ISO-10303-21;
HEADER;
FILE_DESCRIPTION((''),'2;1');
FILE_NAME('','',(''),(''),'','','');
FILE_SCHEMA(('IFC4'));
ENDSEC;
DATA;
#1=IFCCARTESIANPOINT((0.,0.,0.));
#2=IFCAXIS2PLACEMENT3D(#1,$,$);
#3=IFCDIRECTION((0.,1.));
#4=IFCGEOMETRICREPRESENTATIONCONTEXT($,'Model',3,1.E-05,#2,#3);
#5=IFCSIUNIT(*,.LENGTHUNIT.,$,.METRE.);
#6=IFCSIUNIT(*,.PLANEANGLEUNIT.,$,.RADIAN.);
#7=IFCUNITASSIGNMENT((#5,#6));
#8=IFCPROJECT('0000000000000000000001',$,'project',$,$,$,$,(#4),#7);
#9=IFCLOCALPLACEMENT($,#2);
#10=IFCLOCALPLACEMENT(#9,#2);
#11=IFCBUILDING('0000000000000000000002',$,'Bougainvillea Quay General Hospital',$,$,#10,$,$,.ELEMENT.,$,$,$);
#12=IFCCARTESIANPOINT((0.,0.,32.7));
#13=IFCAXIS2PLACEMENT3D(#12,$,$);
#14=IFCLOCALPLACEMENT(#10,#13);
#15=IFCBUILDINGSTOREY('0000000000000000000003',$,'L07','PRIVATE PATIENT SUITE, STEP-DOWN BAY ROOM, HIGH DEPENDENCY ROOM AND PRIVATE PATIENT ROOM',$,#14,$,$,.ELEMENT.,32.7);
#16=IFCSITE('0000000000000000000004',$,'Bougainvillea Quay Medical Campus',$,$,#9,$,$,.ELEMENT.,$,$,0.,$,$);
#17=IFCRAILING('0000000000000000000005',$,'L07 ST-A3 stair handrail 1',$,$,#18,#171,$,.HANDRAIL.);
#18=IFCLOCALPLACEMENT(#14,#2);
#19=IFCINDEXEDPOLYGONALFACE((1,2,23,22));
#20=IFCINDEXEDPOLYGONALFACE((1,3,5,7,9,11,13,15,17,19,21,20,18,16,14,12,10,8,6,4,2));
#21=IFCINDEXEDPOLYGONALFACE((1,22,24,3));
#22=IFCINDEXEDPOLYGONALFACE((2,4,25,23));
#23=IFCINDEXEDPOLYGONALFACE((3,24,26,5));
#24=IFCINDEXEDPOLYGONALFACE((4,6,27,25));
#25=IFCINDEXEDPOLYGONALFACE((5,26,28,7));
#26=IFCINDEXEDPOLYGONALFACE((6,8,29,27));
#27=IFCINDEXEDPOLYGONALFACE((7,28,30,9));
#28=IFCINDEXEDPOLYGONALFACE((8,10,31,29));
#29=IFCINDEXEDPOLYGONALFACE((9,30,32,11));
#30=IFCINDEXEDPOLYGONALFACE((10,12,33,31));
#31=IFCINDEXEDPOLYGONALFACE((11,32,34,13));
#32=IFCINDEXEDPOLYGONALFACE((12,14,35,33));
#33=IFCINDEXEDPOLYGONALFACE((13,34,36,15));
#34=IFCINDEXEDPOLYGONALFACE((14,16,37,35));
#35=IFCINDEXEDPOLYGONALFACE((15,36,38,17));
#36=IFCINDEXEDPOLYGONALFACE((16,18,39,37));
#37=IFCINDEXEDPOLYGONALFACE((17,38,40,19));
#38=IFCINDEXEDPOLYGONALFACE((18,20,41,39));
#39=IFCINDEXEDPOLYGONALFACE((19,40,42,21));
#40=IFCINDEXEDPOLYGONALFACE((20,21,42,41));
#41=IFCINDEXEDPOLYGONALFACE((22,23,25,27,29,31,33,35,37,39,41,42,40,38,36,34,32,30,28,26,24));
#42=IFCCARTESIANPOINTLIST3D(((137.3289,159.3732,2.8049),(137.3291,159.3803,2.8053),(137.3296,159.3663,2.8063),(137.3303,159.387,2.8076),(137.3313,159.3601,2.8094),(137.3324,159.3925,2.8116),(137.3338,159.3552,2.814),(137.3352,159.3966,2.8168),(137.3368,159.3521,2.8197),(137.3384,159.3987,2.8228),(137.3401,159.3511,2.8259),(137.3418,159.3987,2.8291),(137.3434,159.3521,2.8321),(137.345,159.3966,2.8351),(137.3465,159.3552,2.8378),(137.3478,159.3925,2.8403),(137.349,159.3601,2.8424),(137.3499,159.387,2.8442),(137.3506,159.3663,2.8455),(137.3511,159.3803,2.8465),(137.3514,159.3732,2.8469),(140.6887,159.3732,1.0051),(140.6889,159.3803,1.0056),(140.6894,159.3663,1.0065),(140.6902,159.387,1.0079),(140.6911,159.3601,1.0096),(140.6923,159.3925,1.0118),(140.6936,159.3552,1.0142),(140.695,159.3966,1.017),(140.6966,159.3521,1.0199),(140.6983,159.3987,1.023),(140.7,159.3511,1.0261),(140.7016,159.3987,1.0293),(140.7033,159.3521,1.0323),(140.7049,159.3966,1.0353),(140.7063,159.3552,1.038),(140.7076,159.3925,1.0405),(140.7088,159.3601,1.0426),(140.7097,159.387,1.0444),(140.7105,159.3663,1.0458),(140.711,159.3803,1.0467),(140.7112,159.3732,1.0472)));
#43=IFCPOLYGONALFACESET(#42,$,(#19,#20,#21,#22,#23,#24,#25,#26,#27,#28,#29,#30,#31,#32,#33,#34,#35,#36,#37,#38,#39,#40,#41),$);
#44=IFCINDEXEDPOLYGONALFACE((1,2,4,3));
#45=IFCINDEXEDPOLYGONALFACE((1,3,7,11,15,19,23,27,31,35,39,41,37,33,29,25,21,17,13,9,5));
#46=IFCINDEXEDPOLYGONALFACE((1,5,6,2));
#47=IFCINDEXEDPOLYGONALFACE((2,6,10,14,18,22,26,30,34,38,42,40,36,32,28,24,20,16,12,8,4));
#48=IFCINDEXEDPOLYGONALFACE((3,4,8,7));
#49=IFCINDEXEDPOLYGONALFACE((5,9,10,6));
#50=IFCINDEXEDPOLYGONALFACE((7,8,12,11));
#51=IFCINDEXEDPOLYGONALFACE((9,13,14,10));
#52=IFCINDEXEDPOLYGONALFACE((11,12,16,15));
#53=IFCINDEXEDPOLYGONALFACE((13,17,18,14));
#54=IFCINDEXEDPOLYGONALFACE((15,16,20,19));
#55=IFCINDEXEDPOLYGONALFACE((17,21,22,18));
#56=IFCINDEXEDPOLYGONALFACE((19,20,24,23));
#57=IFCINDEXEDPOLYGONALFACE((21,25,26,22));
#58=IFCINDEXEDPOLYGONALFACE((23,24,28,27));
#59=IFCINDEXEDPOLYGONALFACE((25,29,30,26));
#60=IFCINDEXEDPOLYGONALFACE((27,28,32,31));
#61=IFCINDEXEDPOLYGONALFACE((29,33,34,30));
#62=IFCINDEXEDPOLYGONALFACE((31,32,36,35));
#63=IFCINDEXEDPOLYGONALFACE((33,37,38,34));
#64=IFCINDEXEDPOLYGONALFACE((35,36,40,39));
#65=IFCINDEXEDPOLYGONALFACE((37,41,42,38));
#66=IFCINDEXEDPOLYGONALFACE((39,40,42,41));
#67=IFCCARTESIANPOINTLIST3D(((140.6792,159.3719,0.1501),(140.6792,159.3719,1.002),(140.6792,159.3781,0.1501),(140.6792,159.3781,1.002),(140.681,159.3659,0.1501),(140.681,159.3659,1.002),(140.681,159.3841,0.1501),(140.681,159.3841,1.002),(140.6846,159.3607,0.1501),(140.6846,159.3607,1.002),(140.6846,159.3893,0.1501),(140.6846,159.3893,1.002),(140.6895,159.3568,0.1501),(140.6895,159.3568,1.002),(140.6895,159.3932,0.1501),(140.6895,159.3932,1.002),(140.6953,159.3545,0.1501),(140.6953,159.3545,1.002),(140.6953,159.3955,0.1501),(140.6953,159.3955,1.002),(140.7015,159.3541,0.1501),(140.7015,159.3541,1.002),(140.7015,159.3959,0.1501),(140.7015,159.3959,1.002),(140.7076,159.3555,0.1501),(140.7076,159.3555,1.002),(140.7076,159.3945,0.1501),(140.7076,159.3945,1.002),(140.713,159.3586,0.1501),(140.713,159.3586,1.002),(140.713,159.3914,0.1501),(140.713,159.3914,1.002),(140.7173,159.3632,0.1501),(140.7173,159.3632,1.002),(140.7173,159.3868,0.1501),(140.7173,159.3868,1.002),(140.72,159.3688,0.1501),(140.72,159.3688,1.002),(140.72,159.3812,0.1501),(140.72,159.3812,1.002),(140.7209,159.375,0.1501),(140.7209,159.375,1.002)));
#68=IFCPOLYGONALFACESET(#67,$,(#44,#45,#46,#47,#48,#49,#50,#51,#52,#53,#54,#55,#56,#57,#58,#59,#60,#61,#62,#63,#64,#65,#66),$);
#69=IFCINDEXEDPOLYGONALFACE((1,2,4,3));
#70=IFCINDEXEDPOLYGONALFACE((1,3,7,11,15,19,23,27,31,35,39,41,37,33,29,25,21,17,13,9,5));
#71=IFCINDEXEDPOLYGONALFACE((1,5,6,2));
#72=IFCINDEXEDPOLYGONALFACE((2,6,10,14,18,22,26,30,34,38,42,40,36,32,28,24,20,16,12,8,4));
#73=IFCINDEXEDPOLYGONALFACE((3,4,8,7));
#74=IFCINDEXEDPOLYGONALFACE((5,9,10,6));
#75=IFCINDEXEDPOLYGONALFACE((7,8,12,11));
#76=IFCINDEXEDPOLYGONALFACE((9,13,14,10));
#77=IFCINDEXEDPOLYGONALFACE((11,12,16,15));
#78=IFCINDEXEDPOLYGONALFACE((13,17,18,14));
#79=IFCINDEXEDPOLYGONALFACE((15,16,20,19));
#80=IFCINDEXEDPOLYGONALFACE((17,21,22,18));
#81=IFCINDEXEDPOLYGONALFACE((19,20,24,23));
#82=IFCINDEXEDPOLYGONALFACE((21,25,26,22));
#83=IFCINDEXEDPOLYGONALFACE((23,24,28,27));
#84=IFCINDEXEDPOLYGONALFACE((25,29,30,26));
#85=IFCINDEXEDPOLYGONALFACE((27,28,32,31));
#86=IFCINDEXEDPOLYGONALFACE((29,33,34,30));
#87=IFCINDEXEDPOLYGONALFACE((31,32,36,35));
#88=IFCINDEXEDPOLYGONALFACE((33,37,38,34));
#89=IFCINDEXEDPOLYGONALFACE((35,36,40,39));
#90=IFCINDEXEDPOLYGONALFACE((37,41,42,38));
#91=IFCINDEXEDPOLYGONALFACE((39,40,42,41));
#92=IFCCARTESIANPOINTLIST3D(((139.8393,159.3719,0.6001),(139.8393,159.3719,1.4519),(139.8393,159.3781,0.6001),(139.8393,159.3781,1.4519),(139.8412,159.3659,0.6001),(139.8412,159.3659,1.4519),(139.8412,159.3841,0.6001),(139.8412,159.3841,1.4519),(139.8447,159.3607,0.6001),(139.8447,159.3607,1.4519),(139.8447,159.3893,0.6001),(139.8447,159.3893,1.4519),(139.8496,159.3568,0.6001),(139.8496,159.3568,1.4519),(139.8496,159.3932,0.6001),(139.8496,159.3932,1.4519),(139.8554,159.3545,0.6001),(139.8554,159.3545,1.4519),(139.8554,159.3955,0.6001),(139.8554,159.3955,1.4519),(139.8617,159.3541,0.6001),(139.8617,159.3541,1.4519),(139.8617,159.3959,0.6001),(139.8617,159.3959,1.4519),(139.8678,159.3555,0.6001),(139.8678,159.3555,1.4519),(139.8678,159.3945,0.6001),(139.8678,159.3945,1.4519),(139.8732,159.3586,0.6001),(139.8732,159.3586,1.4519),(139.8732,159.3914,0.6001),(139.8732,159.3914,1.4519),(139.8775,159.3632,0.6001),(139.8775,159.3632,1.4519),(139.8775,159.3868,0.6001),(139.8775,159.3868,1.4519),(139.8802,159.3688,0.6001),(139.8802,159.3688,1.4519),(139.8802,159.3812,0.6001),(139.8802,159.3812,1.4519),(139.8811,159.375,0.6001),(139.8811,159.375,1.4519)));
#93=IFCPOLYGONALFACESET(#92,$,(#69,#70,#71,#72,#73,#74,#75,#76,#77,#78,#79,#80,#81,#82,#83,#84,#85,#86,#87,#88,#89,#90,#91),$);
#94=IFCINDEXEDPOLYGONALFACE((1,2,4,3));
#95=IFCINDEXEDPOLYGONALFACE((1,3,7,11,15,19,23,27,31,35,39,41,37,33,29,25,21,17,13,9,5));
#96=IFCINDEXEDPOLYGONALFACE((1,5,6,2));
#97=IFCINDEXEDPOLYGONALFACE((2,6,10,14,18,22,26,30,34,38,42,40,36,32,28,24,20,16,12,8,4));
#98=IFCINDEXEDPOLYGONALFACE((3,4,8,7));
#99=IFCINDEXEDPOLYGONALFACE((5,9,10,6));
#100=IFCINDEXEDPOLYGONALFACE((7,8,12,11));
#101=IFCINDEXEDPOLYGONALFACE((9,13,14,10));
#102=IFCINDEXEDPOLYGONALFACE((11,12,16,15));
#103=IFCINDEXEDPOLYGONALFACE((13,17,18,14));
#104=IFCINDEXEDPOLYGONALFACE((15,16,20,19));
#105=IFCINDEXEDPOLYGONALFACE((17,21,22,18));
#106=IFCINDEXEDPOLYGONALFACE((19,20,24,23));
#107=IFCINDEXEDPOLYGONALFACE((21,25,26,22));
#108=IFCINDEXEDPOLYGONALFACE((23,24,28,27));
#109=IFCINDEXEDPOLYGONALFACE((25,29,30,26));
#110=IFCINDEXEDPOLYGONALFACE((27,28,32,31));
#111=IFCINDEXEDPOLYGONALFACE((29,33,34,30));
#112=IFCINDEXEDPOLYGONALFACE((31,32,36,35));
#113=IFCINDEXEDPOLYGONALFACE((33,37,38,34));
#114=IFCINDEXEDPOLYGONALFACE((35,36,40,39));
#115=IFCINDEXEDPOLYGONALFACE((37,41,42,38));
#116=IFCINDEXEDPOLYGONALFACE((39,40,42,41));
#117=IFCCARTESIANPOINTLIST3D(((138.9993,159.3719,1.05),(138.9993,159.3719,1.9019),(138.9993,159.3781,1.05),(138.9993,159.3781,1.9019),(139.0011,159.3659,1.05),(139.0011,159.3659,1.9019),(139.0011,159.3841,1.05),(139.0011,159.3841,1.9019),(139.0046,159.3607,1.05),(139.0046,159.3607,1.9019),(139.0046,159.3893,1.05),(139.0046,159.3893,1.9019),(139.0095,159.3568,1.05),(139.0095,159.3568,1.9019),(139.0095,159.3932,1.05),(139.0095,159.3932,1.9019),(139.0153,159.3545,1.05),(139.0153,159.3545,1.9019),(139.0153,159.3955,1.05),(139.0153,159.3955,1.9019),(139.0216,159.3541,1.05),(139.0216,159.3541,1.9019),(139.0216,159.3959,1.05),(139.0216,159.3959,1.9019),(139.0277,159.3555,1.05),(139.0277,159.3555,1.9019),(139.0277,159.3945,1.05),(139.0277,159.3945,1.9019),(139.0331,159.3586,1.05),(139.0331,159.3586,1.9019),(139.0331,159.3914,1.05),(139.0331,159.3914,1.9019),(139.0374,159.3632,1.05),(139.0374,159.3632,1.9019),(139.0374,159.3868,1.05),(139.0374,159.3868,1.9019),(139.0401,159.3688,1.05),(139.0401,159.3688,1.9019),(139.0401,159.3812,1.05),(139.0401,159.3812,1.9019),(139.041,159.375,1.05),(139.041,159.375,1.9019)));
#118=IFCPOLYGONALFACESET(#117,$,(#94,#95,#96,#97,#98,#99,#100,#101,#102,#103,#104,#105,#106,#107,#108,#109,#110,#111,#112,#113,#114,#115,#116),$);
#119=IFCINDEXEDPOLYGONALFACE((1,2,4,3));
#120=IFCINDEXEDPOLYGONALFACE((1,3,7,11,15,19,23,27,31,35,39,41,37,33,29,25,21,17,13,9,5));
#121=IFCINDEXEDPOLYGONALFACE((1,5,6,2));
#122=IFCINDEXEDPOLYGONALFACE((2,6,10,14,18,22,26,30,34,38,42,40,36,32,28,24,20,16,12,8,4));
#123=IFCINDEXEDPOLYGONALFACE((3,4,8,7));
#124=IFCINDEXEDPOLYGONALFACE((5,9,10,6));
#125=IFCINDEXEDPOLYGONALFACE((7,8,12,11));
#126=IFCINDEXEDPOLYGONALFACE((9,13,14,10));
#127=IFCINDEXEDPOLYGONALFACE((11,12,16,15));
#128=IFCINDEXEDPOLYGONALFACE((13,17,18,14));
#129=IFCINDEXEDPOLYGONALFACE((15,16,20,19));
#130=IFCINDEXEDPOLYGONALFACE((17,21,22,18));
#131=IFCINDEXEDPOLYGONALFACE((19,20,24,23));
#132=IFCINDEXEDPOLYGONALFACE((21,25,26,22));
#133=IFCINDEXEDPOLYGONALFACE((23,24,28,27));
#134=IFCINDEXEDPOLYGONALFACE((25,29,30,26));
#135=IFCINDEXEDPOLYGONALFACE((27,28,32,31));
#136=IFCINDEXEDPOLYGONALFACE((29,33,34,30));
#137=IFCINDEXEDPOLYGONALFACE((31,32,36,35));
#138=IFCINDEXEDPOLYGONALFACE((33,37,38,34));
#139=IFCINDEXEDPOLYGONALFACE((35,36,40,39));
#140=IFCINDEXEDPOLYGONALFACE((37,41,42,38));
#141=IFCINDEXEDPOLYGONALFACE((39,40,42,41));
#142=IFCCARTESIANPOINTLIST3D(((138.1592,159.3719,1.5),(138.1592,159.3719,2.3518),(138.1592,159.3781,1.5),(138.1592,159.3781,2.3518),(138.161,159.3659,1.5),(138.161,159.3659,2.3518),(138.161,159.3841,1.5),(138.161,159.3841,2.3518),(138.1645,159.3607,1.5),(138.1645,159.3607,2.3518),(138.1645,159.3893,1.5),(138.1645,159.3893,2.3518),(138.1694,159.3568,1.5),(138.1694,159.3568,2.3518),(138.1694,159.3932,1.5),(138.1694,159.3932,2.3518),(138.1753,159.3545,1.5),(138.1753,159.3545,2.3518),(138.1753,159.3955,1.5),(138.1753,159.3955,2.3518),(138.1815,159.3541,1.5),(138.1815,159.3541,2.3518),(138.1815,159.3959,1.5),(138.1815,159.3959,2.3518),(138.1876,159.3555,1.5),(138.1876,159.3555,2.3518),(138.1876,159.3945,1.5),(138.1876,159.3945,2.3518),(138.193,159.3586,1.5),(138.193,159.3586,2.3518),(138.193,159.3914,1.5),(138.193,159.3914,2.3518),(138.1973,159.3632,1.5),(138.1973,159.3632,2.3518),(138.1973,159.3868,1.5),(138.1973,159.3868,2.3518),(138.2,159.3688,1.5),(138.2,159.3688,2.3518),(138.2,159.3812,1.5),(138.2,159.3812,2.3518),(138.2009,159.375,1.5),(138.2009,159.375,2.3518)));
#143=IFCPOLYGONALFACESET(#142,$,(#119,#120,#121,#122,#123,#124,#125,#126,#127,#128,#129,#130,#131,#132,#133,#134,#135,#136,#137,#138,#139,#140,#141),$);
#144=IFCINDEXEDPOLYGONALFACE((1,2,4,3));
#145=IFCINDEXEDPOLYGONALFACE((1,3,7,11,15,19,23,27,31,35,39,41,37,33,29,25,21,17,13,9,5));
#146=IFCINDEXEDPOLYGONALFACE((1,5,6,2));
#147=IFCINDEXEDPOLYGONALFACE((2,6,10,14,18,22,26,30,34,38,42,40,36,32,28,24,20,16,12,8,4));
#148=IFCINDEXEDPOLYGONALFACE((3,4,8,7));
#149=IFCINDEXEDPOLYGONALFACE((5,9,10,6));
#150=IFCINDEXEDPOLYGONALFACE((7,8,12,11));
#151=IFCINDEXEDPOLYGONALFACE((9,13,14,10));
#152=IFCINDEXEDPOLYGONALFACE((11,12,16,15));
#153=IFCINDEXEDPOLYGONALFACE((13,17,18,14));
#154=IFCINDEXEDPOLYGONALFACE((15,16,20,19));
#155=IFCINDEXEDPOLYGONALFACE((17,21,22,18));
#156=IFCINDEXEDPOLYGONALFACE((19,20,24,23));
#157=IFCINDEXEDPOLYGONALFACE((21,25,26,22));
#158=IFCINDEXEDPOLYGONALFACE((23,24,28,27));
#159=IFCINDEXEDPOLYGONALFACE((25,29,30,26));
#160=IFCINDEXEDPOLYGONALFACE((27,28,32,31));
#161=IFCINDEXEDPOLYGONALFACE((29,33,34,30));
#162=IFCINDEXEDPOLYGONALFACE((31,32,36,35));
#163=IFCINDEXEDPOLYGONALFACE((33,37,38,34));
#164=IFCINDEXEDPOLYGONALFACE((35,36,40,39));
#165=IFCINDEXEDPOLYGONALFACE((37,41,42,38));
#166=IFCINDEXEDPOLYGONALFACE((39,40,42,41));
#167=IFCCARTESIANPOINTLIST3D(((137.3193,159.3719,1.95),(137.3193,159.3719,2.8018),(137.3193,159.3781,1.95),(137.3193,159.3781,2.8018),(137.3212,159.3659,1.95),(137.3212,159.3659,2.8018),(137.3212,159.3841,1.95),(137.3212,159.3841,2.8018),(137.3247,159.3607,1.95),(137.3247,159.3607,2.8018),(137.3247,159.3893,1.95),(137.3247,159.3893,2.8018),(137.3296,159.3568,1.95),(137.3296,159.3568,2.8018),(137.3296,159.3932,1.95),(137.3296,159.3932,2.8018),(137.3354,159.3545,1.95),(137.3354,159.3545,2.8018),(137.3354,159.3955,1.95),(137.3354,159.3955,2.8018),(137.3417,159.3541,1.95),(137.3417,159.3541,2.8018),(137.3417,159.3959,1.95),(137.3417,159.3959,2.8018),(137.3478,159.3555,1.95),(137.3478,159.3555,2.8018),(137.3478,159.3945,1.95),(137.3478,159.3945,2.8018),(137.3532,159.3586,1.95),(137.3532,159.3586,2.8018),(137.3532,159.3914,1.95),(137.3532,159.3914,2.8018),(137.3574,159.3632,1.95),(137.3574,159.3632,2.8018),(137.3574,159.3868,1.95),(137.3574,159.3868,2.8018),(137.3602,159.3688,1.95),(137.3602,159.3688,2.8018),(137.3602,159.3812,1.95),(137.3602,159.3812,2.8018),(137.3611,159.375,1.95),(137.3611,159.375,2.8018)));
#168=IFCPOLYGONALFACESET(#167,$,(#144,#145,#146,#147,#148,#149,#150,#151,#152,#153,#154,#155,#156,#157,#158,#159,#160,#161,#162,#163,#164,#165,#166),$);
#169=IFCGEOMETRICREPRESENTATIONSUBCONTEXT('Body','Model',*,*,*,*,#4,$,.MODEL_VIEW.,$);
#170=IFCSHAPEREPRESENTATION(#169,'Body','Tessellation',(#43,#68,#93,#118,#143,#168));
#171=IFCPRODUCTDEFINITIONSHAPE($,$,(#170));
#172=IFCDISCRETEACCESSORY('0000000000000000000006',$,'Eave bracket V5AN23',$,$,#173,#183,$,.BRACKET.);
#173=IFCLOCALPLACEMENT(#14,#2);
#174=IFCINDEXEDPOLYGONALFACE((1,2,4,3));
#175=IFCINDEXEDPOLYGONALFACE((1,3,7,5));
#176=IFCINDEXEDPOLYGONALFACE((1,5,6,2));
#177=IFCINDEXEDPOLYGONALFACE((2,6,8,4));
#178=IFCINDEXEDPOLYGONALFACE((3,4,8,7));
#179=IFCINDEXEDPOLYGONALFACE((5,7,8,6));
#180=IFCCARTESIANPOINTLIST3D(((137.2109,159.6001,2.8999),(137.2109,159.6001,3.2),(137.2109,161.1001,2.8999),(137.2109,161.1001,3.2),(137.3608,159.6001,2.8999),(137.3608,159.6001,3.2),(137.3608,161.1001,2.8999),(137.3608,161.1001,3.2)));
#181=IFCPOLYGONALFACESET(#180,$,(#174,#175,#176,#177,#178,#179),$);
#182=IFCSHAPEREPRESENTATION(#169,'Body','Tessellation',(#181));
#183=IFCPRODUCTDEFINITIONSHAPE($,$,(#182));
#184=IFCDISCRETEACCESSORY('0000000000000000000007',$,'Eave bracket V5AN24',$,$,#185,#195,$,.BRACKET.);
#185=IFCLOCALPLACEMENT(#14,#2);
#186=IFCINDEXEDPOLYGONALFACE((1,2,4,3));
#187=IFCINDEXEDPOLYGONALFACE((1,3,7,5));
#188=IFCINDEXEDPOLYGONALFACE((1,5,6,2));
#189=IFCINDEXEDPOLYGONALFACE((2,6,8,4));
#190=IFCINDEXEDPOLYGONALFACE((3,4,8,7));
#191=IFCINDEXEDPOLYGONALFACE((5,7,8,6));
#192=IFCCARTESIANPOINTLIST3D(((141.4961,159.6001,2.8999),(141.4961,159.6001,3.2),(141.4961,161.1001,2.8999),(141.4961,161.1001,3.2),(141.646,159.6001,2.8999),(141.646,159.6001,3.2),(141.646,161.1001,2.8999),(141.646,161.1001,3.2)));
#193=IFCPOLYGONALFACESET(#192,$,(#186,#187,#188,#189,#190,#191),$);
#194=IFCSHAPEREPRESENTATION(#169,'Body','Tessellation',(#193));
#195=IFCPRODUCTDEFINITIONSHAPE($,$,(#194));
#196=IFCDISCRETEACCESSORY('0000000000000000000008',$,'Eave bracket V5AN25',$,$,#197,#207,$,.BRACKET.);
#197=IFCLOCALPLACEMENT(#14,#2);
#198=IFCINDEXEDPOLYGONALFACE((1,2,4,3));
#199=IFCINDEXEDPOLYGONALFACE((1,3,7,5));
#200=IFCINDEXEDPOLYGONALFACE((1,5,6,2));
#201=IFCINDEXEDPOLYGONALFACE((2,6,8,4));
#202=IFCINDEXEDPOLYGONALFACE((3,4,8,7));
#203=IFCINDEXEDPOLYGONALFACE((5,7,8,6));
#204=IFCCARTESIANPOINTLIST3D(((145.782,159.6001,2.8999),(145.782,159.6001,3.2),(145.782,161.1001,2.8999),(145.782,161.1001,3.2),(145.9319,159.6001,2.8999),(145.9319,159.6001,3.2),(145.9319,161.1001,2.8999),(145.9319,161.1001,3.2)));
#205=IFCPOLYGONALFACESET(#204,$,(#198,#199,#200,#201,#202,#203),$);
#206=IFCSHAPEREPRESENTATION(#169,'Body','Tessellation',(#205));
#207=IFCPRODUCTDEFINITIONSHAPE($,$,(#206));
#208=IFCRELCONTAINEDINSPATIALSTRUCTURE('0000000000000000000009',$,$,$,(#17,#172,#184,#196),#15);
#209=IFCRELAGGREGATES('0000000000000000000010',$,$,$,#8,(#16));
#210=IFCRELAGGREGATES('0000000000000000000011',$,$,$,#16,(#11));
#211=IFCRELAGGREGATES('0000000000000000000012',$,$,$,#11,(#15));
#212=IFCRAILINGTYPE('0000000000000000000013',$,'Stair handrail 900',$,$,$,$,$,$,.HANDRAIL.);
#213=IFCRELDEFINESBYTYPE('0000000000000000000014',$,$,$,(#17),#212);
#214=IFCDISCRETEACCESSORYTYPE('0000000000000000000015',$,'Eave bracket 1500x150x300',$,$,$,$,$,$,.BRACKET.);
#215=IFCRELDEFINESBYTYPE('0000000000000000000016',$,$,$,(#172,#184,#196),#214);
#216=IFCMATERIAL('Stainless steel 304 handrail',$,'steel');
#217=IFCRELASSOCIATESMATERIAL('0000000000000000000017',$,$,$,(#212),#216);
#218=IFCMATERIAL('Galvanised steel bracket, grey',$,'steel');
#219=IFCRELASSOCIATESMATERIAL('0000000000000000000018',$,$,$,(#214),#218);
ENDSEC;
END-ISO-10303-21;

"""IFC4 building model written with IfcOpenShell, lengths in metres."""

from ifc_helpers import new_model, si_unit, direction, frame, origin, origin_2d, place, context, subcontext, project, spatial, rectangle, circle, extrude, material, type_object, element, save


model = new_model("IFC4")

# Units and contexts
model_context = context("Model", 3, precision=1e-05, world=origin(), true_north=direction((0.0, 1.0)))
body_context = subcontext(model_context, "Body", "Model", "MODEL_VIEW")
ifc_project = project(units=[si_unit("LENGTHUNIT", "METRE"), si_unit("PLANEANGLEUNIT", "RADIAN")], contexts=[model_context])

# Site, building, storey
site_placement = place(None, origin())
site = spatial("IfcSite", under=ifc_project, at=site_placement, Name="Bougainvillea Quay Medical Campus", CompositionType="ELEMENT", RefElevation=0.0)
building_placement = place(site_placement, origin())
building = spatial("IfcBuilding", under=site, at=building_placement, Name="Bougainvillea Quay General Hospital", CompositionType="ELEMENT")
storey_placement = place(building_placement, frame((0.0, 0.0, 32.7)))
storey = spatial("IfcBuildingStorey", under=building, at=storey_placement, Name="L07", Description="PRIVATE PATIENT SUITE, STEP-DOWN BAY ROOM, HIGH DEPENDENCY ROOM AND PRIVATE PATIENT ROOM", CompositionType="ELEMENT", Elevation=32.7)

# Railing
ifc_material_1 = material(Name="Stainless steel 304 handrail", Category="steel")
railing_type = type_object("IfcRailingType", Name="Stair handrail 900", PredefinedType="HANDRAIL", material=ifc_material_1)
railing_placement = place(storey_placement, frame((140.7, 159.375, 0.1501)))
element("IfcRailing", 1, at=railing_placement, inside=storey, type_object=railing_type, Name="L07 ST-A3 stair handrail 1", PredefinedType="HANDRAIL", context=body_context, shape_type="SweptSolid", body=[
    extrude(circle(Radius=0.0239, at=origin_2d()), frame((0.0, 0.0, 0.876), z_axis=(-0.881493, 0.0, 0.472197), x_axis=(0.0, -1.0, 0.0)), (0.0, 0.0, 1.0), 3.8115),
    extrude(circle(Radius=0.021, at=origin_2d()), origin(), (0.0, 0.0, 1.0), 0.8518),
    extrude(circle(Radius=0.021, at=origin_2d()), frame((-0.8398, 0.0, 0.45)), (0.0, 0.0, 1.0), 0.8518),
    extrude(circle(Radius=0.021, at=origin_2d()), frame((-1.6799, 0.0, 0.8999)), (0.0, 0.0, 1.0), 0.8518),
    extrude(circle(Radius=0.021, at=origin_2d()), frame((-2.52, 0.0, 1.3499)), (0.0, 0.0, 1.0), 0.8518),
    extrude(circle(Radius=0.021, at=origin_2d()), frame((-3.3599, 0.0, 1.7998)), (0.0, 0.0, 1.0), 0.8518),
])

# Discrete accessories
ifc_material_2 = material(Name="Galvanised steel bracket, grey", Category="steel")
discrete_accessory_type_1 = type_object("IfcDiscreteAccessoryType", Name="Eave bracket 1500x150x300", PredefinedType="BRACKET", material=ifc_material_2)
for number, where, z_axis, x_axis, name in (
    (2, (137.2859, 160.3501, 2.8999), (0.0, 0.0, 1.0), (1.0, 0.0, 0.0), "Eave bracket V5AN23"),
    (3, (141.571, 160.3501, 2.8999), (0.0, 0.0, 1.0), (1.0, 0.0, 0.0), "Eave bracket V5AN24"),
    (4, (145.8569, 160.3501, 2.8999), (0.0, 0.0, 1.0), (1.0, 0.0, 0.0), "Eave bracket V5AN25"),
):
    element("IfcDiscreteAccessory", number, at=place(storey_placement, frame(where, z_axis=z_axis, x_axis=x_axis)), inside=storey, type_object=discrete_accessory_type_1, Name=name, PredefinedType="BRACKET", context=body_context, shape_type="SweptSolid", body=[
        extrude(rectangle(XDim=0.1499, YDim=1.5, at=origin_2d()), origin(), (0.0, 0.0, 1.0), 0.3),
    ])

save(model, "model.ifc")
